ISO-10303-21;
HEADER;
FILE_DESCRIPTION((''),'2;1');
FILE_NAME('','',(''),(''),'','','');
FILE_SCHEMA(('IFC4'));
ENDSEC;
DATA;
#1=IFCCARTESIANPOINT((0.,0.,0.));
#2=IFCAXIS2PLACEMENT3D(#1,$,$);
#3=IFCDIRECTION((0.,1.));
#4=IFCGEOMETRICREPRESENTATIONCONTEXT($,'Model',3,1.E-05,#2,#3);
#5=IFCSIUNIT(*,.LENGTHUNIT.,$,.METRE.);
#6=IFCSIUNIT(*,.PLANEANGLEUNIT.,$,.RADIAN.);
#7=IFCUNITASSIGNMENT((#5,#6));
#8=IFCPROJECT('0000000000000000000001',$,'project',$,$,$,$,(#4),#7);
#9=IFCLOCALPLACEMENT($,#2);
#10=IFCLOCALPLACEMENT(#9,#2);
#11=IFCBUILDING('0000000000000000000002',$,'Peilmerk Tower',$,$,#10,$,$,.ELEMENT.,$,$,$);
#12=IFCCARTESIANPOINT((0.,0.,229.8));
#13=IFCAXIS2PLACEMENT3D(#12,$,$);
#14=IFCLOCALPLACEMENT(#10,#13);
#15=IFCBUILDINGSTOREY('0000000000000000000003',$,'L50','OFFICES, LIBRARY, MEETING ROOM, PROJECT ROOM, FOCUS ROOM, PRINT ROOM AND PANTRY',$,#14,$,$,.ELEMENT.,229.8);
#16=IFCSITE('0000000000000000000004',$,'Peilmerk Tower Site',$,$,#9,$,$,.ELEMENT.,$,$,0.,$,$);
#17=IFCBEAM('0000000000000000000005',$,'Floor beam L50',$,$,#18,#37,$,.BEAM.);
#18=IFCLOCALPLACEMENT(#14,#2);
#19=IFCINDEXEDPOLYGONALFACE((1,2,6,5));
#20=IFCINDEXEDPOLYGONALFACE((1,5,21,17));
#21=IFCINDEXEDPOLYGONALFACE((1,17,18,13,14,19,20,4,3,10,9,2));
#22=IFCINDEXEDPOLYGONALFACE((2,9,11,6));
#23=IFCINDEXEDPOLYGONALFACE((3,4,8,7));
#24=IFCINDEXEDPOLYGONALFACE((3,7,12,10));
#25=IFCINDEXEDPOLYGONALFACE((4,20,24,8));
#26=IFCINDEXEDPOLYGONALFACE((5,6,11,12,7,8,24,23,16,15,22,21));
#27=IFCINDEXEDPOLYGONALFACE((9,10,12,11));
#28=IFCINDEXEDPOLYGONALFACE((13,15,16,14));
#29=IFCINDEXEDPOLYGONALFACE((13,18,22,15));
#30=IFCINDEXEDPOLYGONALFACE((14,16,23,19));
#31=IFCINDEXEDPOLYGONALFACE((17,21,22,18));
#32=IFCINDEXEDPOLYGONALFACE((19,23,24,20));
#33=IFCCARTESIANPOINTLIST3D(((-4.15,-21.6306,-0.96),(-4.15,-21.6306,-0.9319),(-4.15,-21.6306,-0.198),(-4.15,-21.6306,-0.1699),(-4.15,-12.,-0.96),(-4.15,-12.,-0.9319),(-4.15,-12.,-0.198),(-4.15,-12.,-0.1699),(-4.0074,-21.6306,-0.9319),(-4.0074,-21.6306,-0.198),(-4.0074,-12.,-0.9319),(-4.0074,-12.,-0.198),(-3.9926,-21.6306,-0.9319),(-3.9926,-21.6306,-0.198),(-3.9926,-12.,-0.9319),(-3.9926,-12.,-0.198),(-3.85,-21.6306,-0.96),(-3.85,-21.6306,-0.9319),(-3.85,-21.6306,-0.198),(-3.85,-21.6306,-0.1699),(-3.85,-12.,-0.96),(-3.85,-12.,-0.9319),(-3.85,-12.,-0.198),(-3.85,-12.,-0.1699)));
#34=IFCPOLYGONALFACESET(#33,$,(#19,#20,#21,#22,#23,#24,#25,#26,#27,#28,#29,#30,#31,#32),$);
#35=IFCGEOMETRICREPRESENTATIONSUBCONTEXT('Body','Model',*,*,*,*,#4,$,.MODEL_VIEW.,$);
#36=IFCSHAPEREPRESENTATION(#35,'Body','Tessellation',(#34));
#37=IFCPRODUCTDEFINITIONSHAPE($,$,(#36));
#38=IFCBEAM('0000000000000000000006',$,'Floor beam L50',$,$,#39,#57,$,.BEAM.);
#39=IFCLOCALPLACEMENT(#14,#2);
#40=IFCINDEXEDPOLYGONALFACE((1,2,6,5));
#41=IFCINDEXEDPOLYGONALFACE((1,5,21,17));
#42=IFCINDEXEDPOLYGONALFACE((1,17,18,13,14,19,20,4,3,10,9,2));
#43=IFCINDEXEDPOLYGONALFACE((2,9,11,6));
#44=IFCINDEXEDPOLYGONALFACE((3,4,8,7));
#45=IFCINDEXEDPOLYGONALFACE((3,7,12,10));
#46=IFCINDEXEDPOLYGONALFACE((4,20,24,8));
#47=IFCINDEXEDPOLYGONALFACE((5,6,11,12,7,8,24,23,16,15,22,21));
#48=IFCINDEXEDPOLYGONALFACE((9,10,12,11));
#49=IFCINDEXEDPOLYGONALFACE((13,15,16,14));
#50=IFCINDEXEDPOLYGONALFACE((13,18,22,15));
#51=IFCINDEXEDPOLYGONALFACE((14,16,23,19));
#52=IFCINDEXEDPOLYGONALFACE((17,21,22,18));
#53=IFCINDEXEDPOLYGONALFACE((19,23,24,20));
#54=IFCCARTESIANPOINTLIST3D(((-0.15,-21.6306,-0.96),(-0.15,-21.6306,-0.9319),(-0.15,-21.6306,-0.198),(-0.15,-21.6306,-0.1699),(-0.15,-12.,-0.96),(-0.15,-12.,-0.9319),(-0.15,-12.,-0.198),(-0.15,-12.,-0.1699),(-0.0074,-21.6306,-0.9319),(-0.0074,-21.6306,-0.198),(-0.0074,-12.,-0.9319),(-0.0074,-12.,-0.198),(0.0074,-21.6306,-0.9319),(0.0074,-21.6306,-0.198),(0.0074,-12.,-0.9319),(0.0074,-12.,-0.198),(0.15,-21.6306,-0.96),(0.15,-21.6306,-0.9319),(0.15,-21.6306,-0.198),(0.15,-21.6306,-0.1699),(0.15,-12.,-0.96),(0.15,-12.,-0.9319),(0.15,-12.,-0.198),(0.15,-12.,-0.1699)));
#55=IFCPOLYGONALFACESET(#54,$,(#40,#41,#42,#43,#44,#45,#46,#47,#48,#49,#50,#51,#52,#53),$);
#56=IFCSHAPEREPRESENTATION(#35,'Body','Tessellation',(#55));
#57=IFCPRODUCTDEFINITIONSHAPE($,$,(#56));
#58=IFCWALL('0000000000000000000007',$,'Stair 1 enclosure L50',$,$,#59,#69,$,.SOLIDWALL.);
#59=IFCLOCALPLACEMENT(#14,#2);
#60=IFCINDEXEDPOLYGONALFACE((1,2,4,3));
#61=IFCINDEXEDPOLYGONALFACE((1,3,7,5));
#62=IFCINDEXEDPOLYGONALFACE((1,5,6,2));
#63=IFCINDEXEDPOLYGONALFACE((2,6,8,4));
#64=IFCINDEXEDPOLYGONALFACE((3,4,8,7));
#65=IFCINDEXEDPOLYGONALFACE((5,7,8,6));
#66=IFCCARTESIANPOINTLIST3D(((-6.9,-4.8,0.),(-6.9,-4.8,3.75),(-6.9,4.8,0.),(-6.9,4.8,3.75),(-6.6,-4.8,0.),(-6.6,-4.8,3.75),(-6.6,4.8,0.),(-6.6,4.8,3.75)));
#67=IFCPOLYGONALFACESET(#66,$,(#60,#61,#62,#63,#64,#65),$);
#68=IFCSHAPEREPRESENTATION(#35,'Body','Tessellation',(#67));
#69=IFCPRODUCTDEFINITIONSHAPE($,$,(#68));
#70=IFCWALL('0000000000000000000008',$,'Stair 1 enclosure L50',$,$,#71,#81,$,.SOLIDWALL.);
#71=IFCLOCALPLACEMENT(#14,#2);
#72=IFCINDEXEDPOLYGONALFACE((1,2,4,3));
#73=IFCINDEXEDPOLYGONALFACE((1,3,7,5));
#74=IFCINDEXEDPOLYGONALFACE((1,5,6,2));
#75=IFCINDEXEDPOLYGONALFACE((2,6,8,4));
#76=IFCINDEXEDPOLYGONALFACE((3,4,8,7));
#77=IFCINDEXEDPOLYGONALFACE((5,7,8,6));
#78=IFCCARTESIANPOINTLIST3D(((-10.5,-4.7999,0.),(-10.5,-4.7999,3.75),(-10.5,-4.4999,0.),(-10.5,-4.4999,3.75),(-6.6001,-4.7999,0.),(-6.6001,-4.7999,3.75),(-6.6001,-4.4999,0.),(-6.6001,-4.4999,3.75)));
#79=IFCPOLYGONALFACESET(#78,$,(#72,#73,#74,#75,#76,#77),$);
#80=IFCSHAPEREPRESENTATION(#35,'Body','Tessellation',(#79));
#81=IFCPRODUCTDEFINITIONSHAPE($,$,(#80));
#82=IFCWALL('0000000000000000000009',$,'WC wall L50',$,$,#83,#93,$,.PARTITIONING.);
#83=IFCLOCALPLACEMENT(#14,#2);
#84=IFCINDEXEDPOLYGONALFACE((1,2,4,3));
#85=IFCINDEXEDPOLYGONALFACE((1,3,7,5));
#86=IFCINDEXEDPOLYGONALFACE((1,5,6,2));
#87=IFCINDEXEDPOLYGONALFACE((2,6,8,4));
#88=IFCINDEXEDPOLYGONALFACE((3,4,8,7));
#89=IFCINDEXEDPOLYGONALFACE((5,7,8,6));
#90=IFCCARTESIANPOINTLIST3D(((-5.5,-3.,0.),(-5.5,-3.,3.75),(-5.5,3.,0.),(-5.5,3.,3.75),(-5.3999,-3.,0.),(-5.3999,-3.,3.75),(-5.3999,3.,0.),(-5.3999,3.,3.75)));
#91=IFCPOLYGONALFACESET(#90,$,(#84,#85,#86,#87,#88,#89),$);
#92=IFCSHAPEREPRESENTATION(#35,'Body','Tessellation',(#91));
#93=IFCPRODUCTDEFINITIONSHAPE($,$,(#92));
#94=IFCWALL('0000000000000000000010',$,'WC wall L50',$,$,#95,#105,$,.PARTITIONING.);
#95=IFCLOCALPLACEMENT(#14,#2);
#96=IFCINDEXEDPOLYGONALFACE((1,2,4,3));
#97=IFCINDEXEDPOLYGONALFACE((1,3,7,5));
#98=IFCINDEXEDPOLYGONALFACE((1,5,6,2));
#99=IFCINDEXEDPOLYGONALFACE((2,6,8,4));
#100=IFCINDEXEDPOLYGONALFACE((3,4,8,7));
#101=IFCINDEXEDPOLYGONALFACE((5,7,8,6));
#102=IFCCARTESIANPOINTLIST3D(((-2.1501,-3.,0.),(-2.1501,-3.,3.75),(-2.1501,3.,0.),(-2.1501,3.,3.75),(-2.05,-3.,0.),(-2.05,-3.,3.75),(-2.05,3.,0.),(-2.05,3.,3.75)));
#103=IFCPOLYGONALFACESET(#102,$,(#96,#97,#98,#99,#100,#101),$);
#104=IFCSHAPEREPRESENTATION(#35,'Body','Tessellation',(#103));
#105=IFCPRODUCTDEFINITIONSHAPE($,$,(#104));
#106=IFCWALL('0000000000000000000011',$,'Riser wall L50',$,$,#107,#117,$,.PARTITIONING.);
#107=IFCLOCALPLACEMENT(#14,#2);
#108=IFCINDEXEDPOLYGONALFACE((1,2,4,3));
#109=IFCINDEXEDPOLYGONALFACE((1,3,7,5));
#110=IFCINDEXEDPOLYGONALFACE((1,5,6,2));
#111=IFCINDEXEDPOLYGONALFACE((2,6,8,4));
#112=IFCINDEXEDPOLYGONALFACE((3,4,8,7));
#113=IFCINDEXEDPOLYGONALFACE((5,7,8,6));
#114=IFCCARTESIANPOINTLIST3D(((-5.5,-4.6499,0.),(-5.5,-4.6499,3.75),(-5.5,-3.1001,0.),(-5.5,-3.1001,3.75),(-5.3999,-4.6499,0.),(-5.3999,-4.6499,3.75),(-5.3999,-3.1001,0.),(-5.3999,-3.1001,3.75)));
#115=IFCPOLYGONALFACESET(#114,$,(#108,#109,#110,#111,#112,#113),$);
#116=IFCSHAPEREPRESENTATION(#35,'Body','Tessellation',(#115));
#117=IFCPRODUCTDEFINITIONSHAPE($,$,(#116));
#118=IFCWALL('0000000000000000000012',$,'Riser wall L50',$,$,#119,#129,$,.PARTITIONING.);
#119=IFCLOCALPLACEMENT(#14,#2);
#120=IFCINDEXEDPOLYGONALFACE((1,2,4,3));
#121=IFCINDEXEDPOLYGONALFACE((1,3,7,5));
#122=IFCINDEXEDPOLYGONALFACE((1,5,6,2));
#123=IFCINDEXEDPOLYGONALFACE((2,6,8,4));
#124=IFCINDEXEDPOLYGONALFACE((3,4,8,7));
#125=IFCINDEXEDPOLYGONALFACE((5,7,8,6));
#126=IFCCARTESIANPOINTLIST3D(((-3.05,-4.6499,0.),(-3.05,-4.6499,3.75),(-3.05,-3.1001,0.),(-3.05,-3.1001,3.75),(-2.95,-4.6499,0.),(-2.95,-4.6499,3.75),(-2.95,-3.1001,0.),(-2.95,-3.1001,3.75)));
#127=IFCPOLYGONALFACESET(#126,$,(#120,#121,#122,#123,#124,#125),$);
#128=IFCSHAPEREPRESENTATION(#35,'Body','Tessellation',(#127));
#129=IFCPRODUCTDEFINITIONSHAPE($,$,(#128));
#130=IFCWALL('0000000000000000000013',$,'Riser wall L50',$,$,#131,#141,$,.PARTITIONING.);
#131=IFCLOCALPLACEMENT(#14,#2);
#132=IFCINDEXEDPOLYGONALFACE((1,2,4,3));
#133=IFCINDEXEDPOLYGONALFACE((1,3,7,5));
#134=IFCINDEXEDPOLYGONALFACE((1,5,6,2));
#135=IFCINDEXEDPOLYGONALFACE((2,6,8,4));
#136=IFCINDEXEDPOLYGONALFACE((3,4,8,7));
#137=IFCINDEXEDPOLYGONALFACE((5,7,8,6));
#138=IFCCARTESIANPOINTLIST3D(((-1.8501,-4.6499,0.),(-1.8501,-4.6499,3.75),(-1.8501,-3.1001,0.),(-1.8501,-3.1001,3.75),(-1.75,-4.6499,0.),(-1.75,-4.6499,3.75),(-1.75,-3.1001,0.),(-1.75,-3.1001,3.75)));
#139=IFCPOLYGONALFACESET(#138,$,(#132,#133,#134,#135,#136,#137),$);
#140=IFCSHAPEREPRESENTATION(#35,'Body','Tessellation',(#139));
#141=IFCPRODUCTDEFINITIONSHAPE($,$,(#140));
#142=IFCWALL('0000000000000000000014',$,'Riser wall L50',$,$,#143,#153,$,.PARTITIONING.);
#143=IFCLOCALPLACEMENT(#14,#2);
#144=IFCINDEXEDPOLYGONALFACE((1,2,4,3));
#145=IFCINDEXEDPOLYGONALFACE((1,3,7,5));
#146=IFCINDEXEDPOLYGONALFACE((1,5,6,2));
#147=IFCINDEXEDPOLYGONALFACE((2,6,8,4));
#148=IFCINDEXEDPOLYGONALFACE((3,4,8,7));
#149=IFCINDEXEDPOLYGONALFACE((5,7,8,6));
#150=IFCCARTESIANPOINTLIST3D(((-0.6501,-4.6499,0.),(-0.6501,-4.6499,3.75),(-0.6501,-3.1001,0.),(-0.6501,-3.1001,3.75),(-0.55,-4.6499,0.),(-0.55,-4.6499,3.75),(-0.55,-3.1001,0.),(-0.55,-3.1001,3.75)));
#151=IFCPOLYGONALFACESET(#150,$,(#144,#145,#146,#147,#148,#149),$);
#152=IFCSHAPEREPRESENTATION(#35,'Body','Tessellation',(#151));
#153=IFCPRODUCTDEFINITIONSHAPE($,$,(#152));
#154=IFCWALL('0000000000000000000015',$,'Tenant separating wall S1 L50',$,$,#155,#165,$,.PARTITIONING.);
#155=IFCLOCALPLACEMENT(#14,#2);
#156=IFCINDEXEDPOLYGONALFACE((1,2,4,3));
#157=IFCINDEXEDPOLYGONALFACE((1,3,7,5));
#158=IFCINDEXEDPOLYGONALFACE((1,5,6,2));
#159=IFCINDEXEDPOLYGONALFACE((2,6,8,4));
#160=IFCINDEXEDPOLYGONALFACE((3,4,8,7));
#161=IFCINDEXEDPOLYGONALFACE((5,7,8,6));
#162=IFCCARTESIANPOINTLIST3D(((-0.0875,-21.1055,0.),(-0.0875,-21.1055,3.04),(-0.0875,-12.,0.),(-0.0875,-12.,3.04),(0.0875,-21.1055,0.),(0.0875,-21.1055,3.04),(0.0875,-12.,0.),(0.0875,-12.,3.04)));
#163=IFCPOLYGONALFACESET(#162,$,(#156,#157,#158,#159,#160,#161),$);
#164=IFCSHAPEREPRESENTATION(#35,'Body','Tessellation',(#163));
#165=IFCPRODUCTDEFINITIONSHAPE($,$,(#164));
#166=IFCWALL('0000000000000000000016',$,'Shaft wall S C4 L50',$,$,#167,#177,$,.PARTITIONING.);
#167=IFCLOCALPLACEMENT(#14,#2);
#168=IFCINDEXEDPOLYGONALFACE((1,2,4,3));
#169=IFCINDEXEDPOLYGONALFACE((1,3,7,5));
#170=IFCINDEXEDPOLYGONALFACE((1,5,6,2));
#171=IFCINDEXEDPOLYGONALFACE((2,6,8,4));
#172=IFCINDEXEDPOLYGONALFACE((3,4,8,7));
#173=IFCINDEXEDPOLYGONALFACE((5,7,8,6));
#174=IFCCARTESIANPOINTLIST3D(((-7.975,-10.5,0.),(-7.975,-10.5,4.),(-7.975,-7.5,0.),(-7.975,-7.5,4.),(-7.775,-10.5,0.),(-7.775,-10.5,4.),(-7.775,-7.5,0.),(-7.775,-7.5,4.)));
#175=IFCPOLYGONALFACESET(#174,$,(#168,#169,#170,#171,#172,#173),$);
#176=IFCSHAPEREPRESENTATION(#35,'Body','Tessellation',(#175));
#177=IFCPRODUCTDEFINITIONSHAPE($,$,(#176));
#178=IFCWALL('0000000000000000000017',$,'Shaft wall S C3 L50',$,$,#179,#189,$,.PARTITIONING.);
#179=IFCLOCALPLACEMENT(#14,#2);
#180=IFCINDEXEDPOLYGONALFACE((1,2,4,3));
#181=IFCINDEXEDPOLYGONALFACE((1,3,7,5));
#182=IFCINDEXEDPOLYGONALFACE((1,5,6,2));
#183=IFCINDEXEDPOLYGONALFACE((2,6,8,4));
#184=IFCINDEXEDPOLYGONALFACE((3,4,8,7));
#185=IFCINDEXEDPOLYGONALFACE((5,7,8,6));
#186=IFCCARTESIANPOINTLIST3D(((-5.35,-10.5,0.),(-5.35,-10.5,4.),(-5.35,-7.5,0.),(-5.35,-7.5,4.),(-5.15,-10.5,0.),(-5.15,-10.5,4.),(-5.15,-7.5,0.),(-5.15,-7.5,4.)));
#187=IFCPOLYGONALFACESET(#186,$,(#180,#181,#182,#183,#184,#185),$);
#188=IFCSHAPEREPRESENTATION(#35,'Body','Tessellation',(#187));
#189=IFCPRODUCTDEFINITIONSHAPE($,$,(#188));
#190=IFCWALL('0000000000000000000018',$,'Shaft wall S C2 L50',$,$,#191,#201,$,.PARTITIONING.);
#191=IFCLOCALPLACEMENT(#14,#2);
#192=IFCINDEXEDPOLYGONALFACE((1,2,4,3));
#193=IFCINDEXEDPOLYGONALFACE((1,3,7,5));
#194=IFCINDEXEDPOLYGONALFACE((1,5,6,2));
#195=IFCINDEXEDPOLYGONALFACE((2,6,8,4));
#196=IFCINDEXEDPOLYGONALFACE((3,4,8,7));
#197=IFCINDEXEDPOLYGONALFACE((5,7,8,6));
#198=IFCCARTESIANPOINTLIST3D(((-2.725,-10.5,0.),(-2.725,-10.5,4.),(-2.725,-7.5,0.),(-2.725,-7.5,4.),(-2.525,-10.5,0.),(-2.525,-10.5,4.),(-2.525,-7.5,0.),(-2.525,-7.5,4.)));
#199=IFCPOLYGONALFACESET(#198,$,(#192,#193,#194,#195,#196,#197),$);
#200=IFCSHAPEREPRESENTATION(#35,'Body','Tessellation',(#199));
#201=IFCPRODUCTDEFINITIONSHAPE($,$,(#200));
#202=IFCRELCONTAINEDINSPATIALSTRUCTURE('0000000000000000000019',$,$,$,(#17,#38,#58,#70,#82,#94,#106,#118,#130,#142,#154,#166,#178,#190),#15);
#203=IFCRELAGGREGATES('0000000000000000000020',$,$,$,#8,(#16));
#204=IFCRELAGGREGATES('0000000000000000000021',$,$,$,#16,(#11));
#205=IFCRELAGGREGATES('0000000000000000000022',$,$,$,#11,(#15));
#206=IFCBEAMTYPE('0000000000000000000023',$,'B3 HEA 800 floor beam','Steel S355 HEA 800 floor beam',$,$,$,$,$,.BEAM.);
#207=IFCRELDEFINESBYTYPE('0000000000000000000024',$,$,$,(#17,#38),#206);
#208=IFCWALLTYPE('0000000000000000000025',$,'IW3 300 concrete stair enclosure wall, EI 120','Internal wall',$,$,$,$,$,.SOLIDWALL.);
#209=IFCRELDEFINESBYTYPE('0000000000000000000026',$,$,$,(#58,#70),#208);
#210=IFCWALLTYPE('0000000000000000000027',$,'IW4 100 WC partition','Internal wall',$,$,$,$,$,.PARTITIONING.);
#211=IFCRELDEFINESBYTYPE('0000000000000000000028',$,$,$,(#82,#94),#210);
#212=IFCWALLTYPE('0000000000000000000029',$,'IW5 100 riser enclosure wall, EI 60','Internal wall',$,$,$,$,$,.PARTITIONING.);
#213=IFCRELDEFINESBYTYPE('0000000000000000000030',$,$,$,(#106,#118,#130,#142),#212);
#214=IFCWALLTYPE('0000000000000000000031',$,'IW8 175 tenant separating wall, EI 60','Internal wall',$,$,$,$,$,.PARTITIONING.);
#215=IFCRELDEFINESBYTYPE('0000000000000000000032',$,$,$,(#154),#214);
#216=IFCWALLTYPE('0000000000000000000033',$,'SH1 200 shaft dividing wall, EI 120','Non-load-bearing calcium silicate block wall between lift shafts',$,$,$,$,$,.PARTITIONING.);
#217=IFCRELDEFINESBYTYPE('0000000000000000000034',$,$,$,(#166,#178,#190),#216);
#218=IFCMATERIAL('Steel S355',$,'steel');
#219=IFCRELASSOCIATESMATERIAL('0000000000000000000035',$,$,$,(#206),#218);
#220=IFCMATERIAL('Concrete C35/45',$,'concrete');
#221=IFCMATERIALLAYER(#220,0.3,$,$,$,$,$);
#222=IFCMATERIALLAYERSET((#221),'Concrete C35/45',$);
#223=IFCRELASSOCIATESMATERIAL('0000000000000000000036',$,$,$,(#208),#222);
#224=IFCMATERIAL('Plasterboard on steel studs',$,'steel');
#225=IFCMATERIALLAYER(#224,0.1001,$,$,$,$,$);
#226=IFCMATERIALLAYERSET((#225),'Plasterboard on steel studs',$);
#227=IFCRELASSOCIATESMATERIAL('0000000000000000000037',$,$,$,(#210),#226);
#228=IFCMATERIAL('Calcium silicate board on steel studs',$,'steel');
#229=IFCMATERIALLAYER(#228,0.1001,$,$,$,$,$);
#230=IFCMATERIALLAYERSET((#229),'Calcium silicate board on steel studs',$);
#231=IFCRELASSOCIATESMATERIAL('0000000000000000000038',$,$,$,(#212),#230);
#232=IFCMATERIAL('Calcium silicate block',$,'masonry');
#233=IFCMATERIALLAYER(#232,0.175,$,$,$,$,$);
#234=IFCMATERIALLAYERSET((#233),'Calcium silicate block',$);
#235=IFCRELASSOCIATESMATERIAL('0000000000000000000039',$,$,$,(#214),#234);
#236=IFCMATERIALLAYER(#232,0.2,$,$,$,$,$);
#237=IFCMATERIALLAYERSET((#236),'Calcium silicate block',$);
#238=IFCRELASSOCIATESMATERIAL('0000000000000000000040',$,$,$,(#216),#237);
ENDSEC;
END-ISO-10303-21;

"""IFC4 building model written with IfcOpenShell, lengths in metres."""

from ifc_helpers import new_model, si_unit, direction, frame, frame_2d, origin, origin_2d, place, context, subcontext, project, spatial, rectangle, i_section, extrude, material, layer, layer_set, material_profile, profile_set, type_object, element, save


model = new_model("IFC4")

# Units and contexts
model_context = context("Model", 3, precision=1e-05, world=origin(), true_north=direction((0.0, 1.0)))
body_context = subcontext(model_context, "Body", "Model", "MODEL_VIEW")
ifc_project = project(units=[si_unit("LENGTHUNIT", "METRE"), si_unit("PLANEANGLEUNIT", "RADIAN")], contexts=[model_context])

# Site, building, storey
site_placement = place(None, origin())
site = spatial("IfcSite", under=ifc_project, at=site_placement, Name="Peilmerk Tower Site", CompositionType="ELEMENT", RefElevation=0.0)
building_placement = place(site_placement, origin())
building = spatial("IfcBuilding", under=site, at=building_placement, Name="Peilmerk Tower", CompositionType="ELEMENT")
storey_placement = place(building_placement, frame((0.0, 0.0, 229.8)))
storey = spatial("IfcBuildingStorey", under=building, at=storey_placement, Name="L50", Description="OFFICES, LIBRARY, MEETING ROOM, PROJECT ROOM, FOCUS ROOM, PRINT ROOM AND PANTRY", CompositionType="ELEMENT", Elevation=229.8)

# Beams
ifc_material_1 = material(Name="Steel S355", Category="steel")
ifc_material_profile = material_profile(ifc_material_1, i_section(OverallWidth=0.3, OverallDepth=0.79, WebThickness=0.0149, FlangeThickness=0.0281, at=origin_2d()), Name="HEA 800")
ifc_profile_set = profile_set([ifc_material_profile], Name="Steel S355")
beam_type = type_object("IfcBeamType", Name="B3 HEA 800 floor beam", Description="Steel S355 HEA 800 floor beam", PredefinedType="BEAM", material=ifc_profile_set)
for number, where, z_axis, x_axis, name in (
    (1, (-4.0, -12.0, -0.5649), (0.0, -1.0, 0.0), (1.0, 0.0, 0.0), "Floor beam L50"),
    (2, (0.0, -12.0, -0.5649), (0.0, -1.0, 0.0), (1.0, 0.0, 0.0), "Floor beam L50"),
):
    element("IfcBeam", number, at=place(storey_placement, frame(where, z_axis=z_axis, x_axis=x_axis)), inside=storey, type_object=beam_type, Name=name, PredefinedType="BEAM", context=body_context, shape_type="SweptSolid", body=[
        extrude(i_section(OverallWidth=0.3, OverallDepth=0.79, WebThickness=0.0149, FlangeThickness=0.0281, at=origin_2d()), origin(), (0.0, 0.0, 1.0), 9.6306),
    ])

# Walls
ifc_material_2 = material(Name="Concrete C35/45", Category="concrete")
ifc_layer_1 = layer(ifc_material_2, 0.3)
ifc_layer_set_1 = layer_set([ifc_layer_1], Name="Concrete C35/45")
wall_type_1 = type_object("IfcWallType", Name="IW3 300 concrete stair enclosure wall, EI 120", Description="Internal wall", PredefinedType="SOLIDWALL", material=ifc_layer_set_1)
wall_1_placement = place(storey_placement, frame((-6.75, -4.8, 0.0), z_axis=(0.0, 0.0, 1.0), x_axis=(0.0, 1.0, 0.0)))
element("IfcWall", 3, at=wall_1_placement, inside=storey, type_object=wall_type_1, Name="Stair 1 enclosure L50", PredefinedType="SOLIDWALL", context=body_context, shape_type="SweptSolid", body=[
    extrude(rectangle(XDim=9.6001, YDim=0.3, at=frame_2d((4.8, 0.0))), origin(), (0.0, 0.0, 1.0), 3.75),
])
wall_2_placement = place(storey_placement, frame((-6.6001, -4.6499, 0.0), z_axis=(0.0, 0.0, 1.0), x_axis=(-1.0, 0.0, 0.0)))
element("IfcWall", 4, at=wall_2_placement, inside=storey, type_object=wall_type_1, Name="Stair 1 enclosure L50", PredefinedType="SOLIDWALL", context=body_context, shape_type="SweptSolid", body=[
    extrude(rectangle(XDim=3.8999, YDim=0.3, at=frame_2d((1.95, 0.0))), origin(), (0.0, 0.0, 1.0), 3.75),
])
ifc_material_3 = material(Name="Plasterboard on steel studs", Category="steel")
ifc_layer_2 = layer(ifc_material_3, 0.1001)
ifc_layer_set_2 = layer_set([ifc_layer_2], Name="Plasterboard on steel studs")
wall_type_2 = type_object("IfcWallType", Name="IW4 100 WC partition", Description="Internal wall", PredefinedType="PARTITIONING", material=ifc_layer_set_2)
for number, where, z_axis, x_axis, name in (
    (5, (-5.45, -3.0, 0.0), (0.0, 0.0, 1.0), (0.0, 1.0, 0.0), "WC wall L50"),
    (6, (-2.1001, -3.0, 0.0), (0.0, 0.0, 1.0), (0.0, 1.0, 0.0), "WC wall L50"),
):
    element("IfcWall", number, at=place(storey_placement, frame(where, z_axis=z_axis, x_axis=x_axis)), inside=storey, type_object=wall_type_2, Name=name, PredefinedType="PARTITIONING", context=body_context, shape_type="SweptSolid", body=[
        extrude(rectangle(XDim=6.0, YDim=0.1001, at=frame_2d((3.0, 0.0))), origin(), (0.0, 0.0, 1.0), 3.75),
    ])
ifc_material_4 = material(Name="Calcium silicate board on steel studs", Category="steel")
ifc_layer_3 = layer(ifc_material_4, 0.1001)
ifc_layer_set_3 = layer_set([ifc_layer_3], Name="Calcium silicate board on steel studs")
wall_type_3 = type_object("IfcWallType", Name="IW5 100 riser enclosure wall, EI 60", Description="Internal wall", PredefinedType="PARTITIONING", material=ifc_layer_set_3)
for number, where, z_axis, x_axis, name in (
    (7, (-5.45, -3.1001, 0.0), (0.0, 0.0, 1.0), (0.0, -1.0, 0.0), "Riser wall L50"),
    (8, (-3.0, -3.1001, 0.0), (0.0, 0.0, 1.0), (0.0, -1.0, 0.0), "Riser wall L50"),
    (9, (-1.8, -3.1001, 0.0), (0.0, 0.0, 1.0), (0.0, -1.0, 0.0), "Riser wall L50"),
    (10, (-0.6001, -3.1001, 0.0), (0.0, 0.0, 1.0), (0.0, -1.0, 0.0), "Riser wall L50"),
):
    element("IfcWall", number, at=place(storey_placement, frame(where, z_axis=z_axis, x_axis=x_axis)), inside=storey, type_object=wall_type_3, Name=name, PredefinedType="PARTITIONING", context=body_context, shape_type="SweptSolid", body=[
        extrude(rectangle(XDim=1.5498, YDim=0.1001, at=frame_2d((0.7749, 0.0))), origin(), (0.0, 0.0, 1.0), 3.75),
    ])
ifc_material_5 = material(Name="Calcium silicate block", Category="masonry")
ifc_layer_4 = layer(ifc_material_5, 0.175)
ifc_layer_set_4 = layer_set([ifc_layer_4], Name="Calcium silicate block")
wall_type_4 = type_object("IfcWallType", Name="IW8 175 tenant separating wall, EI 60", Description="Internal wall", PredefinedType="PARTITIONING", material=ifc_layer_set_4)
wall_3_placement = place(storey_placement, frame((0.0, -12.0, 0.0), z_axis=(0.0, 0.0, 1.0), x_axis=(0.0, -1.0, 0.0)))
element("IfcWall", 11, at=wall_3_placement, inside=storey, type_object=wall_type_4, Name="Tenant separating wall S1 L50", PredefinedType="PARTITIONING", context=body_context, shape_type="SweptSolid", body=[
    extrude(rectangle(XDim=9.1055, YDim=0.175, at=frame_2d((4.5527, 0.0))), origin(), (0.0, 0.0, 1.0), 3.04),
])
ifc_layer_5 = layer(ifc_material_5, 0.2)
ifc_layer_set_5 = layer_set([ifc_layer_5], Name="Calcium silicate block")
wall_type_5 = type_object("IfcWallType", Name="SH1 200 shaft dividing wall, EI 120", Description="Non-load-bearing calcium silicate block wall between lift shafts", PredefinedType="PARTITIONING", material=ifc_layer_set_5)
for number, where, z_axis, x_axis, name in (
    (12, (-7.875, -10.5, 0.0), (0.0, 0.0, 1.0), (0.0, 1.0, 0.0), "Shaft wall S C4 L50"),
    (13, (-5.25, -10.5, 0.0), (0.0, 0.0, 1.0), (0.0, 1.0, 0.0), "Shaft wall S C3 L50"),
    (14, (-2.625, -10.5, 0.0), (0.0, 0.0, 1.0), (0.0, 1.0, 0.0), "Shaft wall S C2 L50"),
):
    element("IfcWall", number, at=place(storey_placement, frame(where, z_axis=z_axis, x_axis=x_axis)), inside=storey, type_object=wall_type_5, Name=name, PredefinedType="PARTITIONING", context=body_context, shape_type="SweptSolid", body=[
        extrude(rectangle(XDim=3.0, YDim=0.2, at=frame_2d((1.5, 0.0))), origin(), (0.0, 0.0, 1.0), 4.0),
    ])

save(model, "model.ifc")
